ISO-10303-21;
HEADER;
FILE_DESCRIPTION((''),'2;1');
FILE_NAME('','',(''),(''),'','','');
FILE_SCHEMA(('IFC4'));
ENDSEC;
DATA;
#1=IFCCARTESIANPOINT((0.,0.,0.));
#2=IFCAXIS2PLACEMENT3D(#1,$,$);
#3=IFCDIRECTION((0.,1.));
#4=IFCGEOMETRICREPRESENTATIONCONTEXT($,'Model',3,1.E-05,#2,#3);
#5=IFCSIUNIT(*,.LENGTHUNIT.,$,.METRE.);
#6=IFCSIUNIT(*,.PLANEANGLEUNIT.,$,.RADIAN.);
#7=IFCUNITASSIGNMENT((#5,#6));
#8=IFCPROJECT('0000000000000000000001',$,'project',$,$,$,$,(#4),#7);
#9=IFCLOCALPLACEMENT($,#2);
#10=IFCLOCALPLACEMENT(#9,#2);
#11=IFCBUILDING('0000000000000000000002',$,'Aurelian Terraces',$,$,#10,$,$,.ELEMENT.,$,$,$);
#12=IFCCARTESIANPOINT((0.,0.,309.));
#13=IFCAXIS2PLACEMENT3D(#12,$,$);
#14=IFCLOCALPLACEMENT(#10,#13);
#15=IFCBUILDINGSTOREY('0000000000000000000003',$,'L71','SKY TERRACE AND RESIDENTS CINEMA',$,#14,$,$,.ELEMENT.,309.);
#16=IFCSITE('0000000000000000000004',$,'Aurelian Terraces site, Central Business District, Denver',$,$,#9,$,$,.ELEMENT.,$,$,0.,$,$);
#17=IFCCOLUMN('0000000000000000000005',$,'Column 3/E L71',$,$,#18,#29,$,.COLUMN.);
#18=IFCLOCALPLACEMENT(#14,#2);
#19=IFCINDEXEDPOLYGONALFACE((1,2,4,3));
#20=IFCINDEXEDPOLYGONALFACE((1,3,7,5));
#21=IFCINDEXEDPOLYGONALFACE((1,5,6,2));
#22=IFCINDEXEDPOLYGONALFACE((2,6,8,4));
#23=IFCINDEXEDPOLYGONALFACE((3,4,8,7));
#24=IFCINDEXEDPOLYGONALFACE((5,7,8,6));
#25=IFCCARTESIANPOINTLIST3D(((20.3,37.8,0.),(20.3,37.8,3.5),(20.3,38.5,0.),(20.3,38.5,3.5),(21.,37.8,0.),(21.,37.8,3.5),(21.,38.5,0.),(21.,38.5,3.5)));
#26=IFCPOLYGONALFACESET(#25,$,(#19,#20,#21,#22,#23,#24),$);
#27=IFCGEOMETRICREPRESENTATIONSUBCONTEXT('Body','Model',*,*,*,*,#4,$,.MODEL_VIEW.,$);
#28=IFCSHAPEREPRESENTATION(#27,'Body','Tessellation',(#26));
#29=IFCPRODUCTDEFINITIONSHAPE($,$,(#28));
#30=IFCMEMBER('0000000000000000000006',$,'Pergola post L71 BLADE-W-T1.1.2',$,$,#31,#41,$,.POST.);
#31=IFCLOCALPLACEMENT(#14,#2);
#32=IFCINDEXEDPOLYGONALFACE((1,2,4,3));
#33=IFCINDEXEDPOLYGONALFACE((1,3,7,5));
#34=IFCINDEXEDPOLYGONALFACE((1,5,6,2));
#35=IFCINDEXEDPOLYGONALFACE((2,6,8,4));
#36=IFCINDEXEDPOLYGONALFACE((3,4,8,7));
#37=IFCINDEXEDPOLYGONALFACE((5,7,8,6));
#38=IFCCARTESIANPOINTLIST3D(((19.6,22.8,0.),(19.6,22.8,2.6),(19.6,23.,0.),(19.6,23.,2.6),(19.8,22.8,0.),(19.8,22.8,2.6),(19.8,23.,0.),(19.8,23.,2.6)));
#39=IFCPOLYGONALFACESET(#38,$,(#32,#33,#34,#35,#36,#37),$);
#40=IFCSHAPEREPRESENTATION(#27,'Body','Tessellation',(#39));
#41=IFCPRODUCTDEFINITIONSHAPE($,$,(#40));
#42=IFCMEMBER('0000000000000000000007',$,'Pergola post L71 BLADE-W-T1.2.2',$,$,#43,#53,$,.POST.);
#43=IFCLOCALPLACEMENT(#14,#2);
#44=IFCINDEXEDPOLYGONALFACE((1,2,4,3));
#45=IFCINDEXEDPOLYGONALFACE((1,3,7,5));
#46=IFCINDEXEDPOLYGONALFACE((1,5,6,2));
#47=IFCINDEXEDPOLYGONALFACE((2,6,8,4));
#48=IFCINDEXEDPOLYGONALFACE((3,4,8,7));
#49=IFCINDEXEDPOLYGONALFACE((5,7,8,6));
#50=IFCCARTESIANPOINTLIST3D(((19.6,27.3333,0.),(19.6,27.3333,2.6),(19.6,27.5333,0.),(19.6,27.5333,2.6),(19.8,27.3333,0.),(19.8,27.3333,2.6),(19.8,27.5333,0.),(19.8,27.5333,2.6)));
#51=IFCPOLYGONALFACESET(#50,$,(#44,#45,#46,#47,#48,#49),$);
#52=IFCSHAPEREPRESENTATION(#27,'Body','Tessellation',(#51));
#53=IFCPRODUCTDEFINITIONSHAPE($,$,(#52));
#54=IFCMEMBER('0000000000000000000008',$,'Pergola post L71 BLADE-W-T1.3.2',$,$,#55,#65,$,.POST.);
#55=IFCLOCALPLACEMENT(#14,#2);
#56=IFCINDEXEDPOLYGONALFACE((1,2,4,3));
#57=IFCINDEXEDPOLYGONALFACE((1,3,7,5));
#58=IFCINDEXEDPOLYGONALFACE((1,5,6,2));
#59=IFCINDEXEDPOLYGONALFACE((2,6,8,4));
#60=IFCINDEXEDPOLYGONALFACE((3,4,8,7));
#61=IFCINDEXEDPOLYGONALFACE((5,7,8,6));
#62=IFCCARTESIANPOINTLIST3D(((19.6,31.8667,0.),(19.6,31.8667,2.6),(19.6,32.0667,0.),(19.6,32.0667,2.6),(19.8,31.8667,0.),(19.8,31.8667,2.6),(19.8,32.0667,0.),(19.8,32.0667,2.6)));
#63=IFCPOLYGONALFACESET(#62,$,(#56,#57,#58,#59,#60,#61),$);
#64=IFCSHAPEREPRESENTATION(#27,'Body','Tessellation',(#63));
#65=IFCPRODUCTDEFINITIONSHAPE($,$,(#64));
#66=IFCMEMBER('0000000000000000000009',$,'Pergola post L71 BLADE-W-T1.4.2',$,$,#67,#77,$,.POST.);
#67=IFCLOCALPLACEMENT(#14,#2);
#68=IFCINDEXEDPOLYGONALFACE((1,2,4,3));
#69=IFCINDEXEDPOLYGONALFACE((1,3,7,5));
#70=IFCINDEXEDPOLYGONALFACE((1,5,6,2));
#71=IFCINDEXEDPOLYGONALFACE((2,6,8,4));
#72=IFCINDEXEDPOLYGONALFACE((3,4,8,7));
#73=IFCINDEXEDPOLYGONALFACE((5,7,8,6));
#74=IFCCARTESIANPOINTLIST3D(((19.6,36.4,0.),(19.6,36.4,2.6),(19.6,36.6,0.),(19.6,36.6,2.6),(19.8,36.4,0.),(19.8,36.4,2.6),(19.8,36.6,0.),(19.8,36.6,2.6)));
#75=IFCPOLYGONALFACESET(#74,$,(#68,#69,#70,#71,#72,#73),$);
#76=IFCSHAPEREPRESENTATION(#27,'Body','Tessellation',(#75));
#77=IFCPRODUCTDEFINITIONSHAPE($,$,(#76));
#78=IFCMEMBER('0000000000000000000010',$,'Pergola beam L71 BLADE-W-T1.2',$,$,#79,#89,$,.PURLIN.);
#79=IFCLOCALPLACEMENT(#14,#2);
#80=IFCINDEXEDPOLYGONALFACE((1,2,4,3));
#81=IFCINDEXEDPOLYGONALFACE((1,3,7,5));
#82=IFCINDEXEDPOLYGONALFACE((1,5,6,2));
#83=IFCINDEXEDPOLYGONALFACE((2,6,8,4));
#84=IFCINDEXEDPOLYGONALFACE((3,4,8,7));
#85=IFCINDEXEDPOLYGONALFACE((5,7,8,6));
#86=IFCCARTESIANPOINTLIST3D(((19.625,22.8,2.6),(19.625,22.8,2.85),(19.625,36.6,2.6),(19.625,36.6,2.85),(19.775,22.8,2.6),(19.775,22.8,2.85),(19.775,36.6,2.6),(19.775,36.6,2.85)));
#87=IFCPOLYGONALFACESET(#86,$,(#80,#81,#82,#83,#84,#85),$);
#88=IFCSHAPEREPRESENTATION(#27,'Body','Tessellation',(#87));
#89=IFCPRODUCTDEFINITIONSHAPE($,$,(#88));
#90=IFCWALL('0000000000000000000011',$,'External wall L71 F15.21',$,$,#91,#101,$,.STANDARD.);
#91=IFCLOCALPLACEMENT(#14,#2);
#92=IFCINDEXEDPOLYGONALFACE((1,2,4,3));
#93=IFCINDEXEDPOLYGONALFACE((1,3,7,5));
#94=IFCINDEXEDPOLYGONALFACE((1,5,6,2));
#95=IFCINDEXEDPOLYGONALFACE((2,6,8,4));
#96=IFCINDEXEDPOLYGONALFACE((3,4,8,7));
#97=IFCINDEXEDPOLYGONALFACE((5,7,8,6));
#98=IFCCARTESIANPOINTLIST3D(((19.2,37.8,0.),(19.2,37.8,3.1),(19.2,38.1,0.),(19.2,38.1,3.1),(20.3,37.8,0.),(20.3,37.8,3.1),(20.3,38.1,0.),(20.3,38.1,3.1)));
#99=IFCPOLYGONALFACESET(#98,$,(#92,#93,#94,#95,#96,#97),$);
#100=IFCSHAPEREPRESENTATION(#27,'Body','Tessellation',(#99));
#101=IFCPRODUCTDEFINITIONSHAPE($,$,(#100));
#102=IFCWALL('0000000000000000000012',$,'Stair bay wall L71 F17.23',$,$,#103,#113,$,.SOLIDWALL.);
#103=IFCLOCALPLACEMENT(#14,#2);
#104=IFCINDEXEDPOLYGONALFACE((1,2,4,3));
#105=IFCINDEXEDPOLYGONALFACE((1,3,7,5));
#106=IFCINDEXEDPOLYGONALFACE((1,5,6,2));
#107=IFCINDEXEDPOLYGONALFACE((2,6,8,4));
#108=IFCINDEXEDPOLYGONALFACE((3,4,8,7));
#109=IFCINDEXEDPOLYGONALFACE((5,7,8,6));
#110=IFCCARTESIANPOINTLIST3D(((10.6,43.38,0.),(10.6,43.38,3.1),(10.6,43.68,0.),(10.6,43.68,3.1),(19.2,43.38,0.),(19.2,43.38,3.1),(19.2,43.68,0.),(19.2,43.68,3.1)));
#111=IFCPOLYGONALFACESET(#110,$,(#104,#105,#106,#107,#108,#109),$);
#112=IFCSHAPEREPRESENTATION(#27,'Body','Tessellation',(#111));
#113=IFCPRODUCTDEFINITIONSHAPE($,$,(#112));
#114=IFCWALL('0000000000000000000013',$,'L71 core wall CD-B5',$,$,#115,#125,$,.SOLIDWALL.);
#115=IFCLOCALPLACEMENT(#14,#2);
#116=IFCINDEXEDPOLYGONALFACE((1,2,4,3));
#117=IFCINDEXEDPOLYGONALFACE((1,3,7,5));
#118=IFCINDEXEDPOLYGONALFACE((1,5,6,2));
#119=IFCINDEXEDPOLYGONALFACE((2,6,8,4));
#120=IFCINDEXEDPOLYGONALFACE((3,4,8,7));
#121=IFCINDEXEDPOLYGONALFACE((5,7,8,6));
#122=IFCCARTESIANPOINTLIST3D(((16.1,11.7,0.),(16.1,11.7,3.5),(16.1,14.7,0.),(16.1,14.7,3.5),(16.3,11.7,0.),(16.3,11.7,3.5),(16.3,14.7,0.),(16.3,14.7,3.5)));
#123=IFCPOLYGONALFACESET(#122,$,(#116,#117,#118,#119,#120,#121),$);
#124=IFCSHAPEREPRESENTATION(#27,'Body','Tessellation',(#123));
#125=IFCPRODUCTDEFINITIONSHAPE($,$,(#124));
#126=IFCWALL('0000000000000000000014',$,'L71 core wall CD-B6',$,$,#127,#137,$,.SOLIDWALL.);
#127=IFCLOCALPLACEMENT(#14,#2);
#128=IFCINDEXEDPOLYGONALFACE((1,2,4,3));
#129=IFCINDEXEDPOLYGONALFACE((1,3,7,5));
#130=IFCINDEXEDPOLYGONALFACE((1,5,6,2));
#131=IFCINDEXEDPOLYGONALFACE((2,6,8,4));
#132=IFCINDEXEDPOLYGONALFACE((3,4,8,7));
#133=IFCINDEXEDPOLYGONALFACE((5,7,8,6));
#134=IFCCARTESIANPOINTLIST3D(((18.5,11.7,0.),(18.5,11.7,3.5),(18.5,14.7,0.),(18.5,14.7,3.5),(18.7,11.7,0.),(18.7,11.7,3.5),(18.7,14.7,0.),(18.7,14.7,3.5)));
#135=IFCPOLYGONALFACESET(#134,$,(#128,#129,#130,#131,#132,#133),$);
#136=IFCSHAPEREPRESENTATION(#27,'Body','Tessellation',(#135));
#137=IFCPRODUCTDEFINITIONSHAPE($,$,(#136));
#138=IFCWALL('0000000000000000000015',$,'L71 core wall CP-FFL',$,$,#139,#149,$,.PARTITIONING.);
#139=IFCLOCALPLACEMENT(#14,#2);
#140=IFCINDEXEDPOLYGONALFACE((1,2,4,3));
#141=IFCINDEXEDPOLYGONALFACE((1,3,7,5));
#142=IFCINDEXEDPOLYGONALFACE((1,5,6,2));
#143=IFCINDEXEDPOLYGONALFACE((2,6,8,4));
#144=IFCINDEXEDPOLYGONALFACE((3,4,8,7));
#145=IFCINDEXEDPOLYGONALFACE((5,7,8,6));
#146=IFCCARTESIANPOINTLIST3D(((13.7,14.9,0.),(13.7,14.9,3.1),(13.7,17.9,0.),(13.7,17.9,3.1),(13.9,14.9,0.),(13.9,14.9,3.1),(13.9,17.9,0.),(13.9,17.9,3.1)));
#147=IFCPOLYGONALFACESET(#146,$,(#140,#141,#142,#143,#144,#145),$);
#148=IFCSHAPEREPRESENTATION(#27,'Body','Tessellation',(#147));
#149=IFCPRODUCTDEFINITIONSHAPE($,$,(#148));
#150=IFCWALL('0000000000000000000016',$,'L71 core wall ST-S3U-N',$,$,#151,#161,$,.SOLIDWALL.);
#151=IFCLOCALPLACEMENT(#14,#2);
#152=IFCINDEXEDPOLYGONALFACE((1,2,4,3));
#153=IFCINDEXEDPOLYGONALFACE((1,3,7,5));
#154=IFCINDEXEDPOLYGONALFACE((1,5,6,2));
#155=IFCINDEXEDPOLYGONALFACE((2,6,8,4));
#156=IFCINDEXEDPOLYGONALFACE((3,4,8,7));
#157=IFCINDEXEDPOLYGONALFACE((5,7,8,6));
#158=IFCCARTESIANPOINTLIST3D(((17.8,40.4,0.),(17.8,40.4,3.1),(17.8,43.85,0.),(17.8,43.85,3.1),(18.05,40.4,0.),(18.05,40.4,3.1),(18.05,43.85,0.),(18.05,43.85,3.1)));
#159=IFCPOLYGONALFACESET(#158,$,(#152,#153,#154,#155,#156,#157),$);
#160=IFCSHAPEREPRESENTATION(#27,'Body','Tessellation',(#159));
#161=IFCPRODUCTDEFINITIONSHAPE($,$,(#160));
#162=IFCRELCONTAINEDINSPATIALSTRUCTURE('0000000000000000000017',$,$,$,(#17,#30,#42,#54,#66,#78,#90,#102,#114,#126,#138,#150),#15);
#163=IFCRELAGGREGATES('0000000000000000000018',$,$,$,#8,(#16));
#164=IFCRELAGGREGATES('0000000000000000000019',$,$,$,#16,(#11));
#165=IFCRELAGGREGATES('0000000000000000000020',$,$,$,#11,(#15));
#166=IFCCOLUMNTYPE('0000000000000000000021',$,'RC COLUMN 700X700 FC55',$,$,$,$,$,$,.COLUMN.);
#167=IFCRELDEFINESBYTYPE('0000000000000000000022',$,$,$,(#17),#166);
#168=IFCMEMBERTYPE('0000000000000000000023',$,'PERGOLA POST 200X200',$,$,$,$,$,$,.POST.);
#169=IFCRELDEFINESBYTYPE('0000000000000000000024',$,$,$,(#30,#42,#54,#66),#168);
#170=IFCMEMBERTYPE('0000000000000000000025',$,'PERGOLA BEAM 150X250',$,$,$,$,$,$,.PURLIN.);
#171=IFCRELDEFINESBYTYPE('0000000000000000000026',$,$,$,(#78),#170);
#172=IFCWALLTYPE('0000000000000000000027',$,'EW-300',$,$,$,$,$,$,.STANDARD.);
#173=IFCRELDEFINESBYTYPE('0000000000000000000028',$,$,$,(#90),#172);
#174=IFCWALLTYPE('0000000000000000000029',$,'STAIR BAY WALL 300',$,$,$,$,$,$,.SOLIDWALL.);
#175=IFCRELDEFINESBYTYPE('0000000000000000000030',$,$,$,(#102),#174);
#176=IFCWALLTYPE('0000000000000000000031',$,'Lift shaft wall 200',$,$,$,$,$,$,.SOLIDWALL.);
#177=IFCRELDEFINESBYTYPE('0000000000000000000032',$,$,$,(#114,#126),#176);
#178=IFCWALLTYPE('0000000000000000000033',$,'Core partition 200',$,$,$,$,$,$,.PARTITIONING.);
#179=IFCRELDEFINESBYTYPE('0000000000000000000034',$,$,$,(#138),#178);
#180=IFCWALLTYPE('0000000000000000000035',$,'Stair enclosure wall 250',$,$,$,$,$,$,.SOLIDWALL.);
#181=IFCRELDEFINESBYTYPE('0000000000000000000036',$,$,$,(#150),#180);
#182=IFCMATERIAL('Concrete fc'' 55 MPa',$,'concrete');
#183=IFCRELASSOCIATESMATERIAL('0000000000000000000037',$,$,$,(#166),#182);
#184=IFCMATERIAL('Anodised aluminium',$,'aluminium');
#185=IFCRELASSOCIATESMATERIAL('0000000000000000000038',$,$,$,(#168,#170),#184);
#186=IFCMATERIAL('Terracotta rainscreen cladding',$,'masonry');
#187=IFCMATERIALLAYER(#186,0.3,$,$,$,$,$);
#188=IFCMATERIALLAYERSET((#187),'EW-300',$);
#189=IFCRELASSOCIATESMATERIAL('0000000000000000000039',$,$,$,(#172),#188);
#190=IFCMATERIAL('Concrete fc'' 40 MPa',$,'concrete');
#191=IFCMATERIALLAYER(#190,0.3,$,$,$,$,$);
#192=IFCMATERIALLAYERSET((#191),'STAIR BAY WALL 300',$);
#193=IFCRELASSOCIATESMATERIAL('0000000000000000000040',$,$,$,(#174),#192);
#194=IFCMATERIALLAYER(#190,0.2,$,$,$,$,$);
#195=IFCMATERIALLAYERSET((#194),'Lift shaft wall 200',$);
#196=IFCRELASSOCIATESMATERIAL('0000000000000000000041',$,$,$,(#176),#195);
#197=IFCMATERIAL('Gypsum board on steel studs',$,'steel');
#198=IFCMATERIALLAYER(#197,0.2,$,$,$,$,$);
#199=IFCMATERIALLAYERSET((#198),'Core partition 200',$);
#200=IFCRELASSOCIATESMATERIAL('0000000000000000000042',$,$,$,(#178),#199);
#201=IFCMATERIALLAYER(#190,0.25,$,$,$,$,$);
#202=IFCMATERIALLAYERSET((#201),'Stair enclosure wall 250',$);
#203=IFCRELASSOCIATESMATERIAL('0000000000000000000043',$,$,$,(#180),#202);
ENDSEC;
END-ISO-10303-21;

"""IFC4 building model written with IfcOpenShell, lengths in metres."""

from ifc_helpers import new_model, si_unit, direction, frame, frame_2d, origin, origin_2d, place, context, subcontext, project, spatial, rectangle, extrude, source, transform, mapped, material, layer, layer_set, material_profile, profile_set, type_object, element, save


model = new_model("IFC4")

# Units and contexts
model_context = context("Model", 3, precision=1e-05, world=origin(), true_north=direction((0.0, 1.0)))
body_context = subcontext(model_context, "Body", "Model", "MODEL_VIEW")
ifc_project = project(units=[si_unit("LENGTHUNIT", "METRE"), si_unit("PLANEANGLEUNIT", "RADIAN")], contexts=[model_context])

# Site, building, storey
site_placement = place(None, origin())
site = spatial("IfcSite", under=ifc_project, at=site_placement, Name="Aurelian Terraces site, Central Business District, Denver", CompositionType="ELEMENT", RefElevation=0.0)
building_placement = place(site_placement, origin())
building = spatial("IfcBuilding", under=site, at=building_placement, Name="Aurelian Terraces", CompositionType="ELEMENT")
storey_placement = place(building_placement, frame((0.0, 0.0, 309.0)))
storey = spatial("IfcBuildingStorey", under=building, at=storey_placement, Name="L71", Description="SKY TERRACE AND RESIDENTS CINEMA", CompositionType="ELEMENT", Elevation=309.0)

# Column
ifc_material_1 = material(Name="Concrete fc' 55 MPa", Category="concrete")
ifc_material_profile_1 = material_profile(ifc_material_1, rectangle(XDim=0.7, YDim=0.7, at=origin_2d()))
ifc_profile_set_1 = profile_set([ifc_material_profile_1], Name="Concrete fc' 55 MPa")
column_type = type_object("IfcColumnType", Name="RC COLUMN 700X700 FC55", PredefinedType="COLUMN", material=ifc_profile_set_1)
shared_shape_1 = source(origin(), body_context, "Body", "SweptSolid", [
    extrude(rectangle(XDim=0.7, YDim=0.7, at=origin_2d()), origin(), (0.0, 0.0, 1.0), 3.5),
])
column_placement = place(storey_placement, frame((20.65, 38.15, 0.0), z_axis=(0.0, 0.0, 1.0), x_axis=(1.0, 0.0, 0.0)))
element("IfcColumn", 1, at=column_placement, inside=storey, type_object=column_type, Name="Column 3/E L71", PredefinedType="COLUMN", context=body_context, shape_type="MappedRepresentation", body=[
    mapped(shared_shape_1, transform((0.0, 0.0, 0.0), scale=1.0)),
])

# Members
ifc_material_2 = material(Name="Anodised aluminium", Category="aluminium")
ifc_material_profile_2 = material_profile(ifc_material_2, rectangle(XDim=0.2, YDim=0.2, at=origin_2d()))
ifc_profile_set_2 = profile_set([ifc_material_profile_2], Name="Anodised aluminium")
member_type_1 = type_object("IfcMemberType", Name="PERGOLA POST 200X200", PredefinedType="POST", material=ifc_profile_set_2)
shared_shape_2 = source(origin(), body_context, "Body", "SweptSolid", [
    extrude(rectangle(XDim=0.2, YDim=0.2, at=origin_2d()), origin(), (0.0, 0.0, 1.0), 2.6),
])
for number, where, z_axis, x_axis, name in (
    (2, (19.7, 22.9, 0.0), (0.0, 0.0, 1.0), (1.0, 0.0, 0.0), "Pergola post L71 BLADE-W-T1.1.2"),
    (3, (19.7, 27.4333, 0.0), (0.0, 0.0, 1.0), (1.0, 0.0, 0.0), "Pergola post L71 BLADE-W-T1.2.2"),
    (4, (19.7, 31.9667, 0.0), (0.0, 0.0, 1.0), (1.0, 0.0, 0.0), "Pergola post L71 BLADE-W-T1.3.2"),
    (5, (19.7, 36.5, 0.0), (0.0, 0.0, 1.0), (1.0, 0.0, 0.0), "Pergola post L71 BLADE-W-T1.4.2"),
):
    element("IfcMember", number, at=place(storey_placement, frame(where, z_axis=z_axis, x_axis=x_axis)), inside=storey, type_object=member_type_1, Name=name, PredefinedType="POST", context=body_context, shape_type="MappedRepresentation", body=[
        mapped(shared_shape_2, transform((0.0, 0.0, 0.0), scale=1.0)),
    ])
ifc_material_profile_3 = material_profile(ifc_material_2, rectangle(XDim=0.15, YDim=0.25, at=origin_2d()))
ifc_profile_set_3 = profile_set([ifc_material_profile_3], Name="Anodised aluminium")
member_type_2 = type_object("IfcMemberType", Name="PERGOLA BEAM 150X250", PredefinedType="PURLIN", material=ifc_profile_set_3)
shared_shape_3 = source(origin(), body_context, "Body", "SweptSolid", [
    extrude(rectangle(XDim=0.15, YDim=0.25, at=origin_2d()), origin(), (0.0, 0.0, 1.0), 13.8),
])
member_placement = place(storey_placement, frame((19.7, 22.8, 2.725), z_axis=(0.0, 1.0, 0.0), x_axis=(-1.0, 0.0, 0.0)))
element("IfcMember", 6, at=member_placement, inside=storey, type_object=member_type_2, Name="Pergola beam L71 BLADE-W-T1.2", PredefinedType="PURLIN", context=body_context, shape_type="MappedRepresentation", body=[
    mapped(shared_shape_3, transform((0.0, 0.0, 0.0), scale=1.0)),
])

# Walls
ifc_material_3 = material(Name="Terracotta rainscreen cladding", Category="masonry")
ifc_layer_1 = layer(ifc_material_3, 0.3)
ifc_layer_set_1 = layer_set([ifc_layer_1], Name="EW-300")
wall_type_1 = type_object("IfcWallType", Name="EW-300", PredefinedType="STANDARD", material=ifc_layer_set_1)
wall_1_placement = place(storey_placement, frame((19.2, 37.95, 0.0), z_axis=(0.0, 0.0, 1.0), x_axis=(1.0, 0.0, 0.0)))
element("IfcWall", 7, at=wall_1_placement, inside=storey, type_object=wall_type_1, Name="External wall L71 F15.21", PredefinedType="STANDARD", context=body_context, shape_type="SweptSolid", body=[
    extrude(rectangle(XDim=1.1, YDim=0.3, at=frame_2d((0.55, 0.0))), origin(), (0.0, 0.0, 1.0), 3.1),
])
ifc_material_4 = material(Name="Concrete fc' 40 MPa", Category="concrete")
ifc_layer_2 = layer(ifc_material_4, 0.3)
ifc_layer_set_2 = layer_set([ifc_layer_2], Name="STAIR BAY WALL 300")
wall_type_2 = type_object("IfcWallType", Name="STAIR BAY WALL 300", PredefinedType="SOLIDWALL", material=ifc_layer_set_2)
shared_shape_4 = source(origin(), body_context, "Body", "SweptSolid", [
    extrude(rectangle(XDim=8.6, YDim=0.3, at=frame_2d((4.3, 0.0))), origin(), (0.0, 0.0, 1.0), 3.1),
])
wall_2_placement = place(storey_placement, frame((19.2, 43.53, 0.0), z_axis=(0.0, 0.0, 1.0), x_axis=(-1.0, 0.0, 0.0)))
element("IfcWall", 8, at=wall_2_placement, inside=storey, type_object=wall_type_2, Name="Stair bay wall L71 F17.23", PredefinedType="SOLIDWALL", context=body_context, shape_type="MappedRepresentation", body=[
    mapped(shared_shape_4, transform((0.0, 0.0, 0.0), scale=1.0)),
])
ifc_layer_3 = layer(ifc_material_4, 0.2)
ifc_layer_set_3 = layer_set([ifc_layer_3], Name="Lift shaft wall 200")
wall_type_3 = type_object("IfcWallType", Name="Lift shaft wall 200", PredefinedType="SOLIDWALL", material=ifc_layer_set_3)
shared_shape_5 = source(origin(), body_context, "Body", "SweptSolid", [
    extrude(rectangle(XDim=3.0, YDim=0.2, at=frame_2d((1.5, 0.0))), origin(), (0.0, 0.0, 1.0), 3.5),
])
for number, where, z_axis, x_axis, name in (
    (9, (16.2, 11.7, 0.0), (0.0, 0.0, 1.0), (0.0, 1.0, 0.0), "L71 core wall CD-B5"),
    (10, (18.6, 11.7, 0.0), (0.0, 0.0, 1.0), (0.0, 1.0, 0.0), "L71 core wall CD-B6"),
):
    element("IfcWall", number, at=place(storey_placement, frame(where, z_axis=z_axis, x_axis=x_axis)), inside=storey, type_object=wall_type_3, Name=name, PredefinedType="SOLIDWALL", context=body_context, shape_type="MappedRepresentation", body=[
        mapped(shared_shape_5, transform((0.0, 0.0, 0.0), scale=1.0)),
    ])
ifc_material_5 = material(Name="Gypsum board on steel studs", Category="steel")
ifc_layer_4 = layer(ifc_material_5, 0.2)
ifc_layer_set_4 = layer_set([ifc_layer_4], Name="Core partition 200")
wall_type_4 = type_object("IfcWallType", Name="Core partition 200", PredefinedType="PARTITIONING", material=ifc_layer_set_4)
shared_shape_6 = source(origin(), body_context, "Body", "SweptSolid", [
    extrude(rectangle(XDim=3.0, YDim=0.2, at=frame_2d((1.5, 0.0))), origin(), (0.0, 0.0, 1.0), 3.1),
])
wall_3_placement = place(storey_placement, frame((13.8, 14.9, 0.0), z_axis=(0.0, 0.0, 1.0), x_axis=(0.0, 1.0, 0.0)))
element("IfcWall", 11, at=wall_3_placement, inside=storey, type_object=wall_type_4, Name="L71 core wall CP-FFL", PredefinedType="PARTITIONING", context=body_context, shape_type="MappedRepresentation", body=[
    mapped(shared_shape_6, transform((0.0, 0.0, 0.0), scale=1.0)),
])
ifc_layer_5 = layer(ifc_material_4, 0.25)
ifc_layer_set_5 = layer_set([ifc_layer_5], Name="Stair enclosure wall 250")
wall_type_5 = type_object("IfcWallType", Name="Stair enclosure wall 250", PredefinedType="SOLIDWALL", material=ifc_layer_set_5)
shared_shape_7 = source(origin(), body_context, "Body", "SweptSolid", [
    extrude(rectangle(XDim=3.45, YDim=0.25, at=frame_2d((1.725, 0.0))), origin(), (0.0, 0.0, 1.0), 3.1),
])
wall_4_placement = place(storey_placement, frame((17.925, 40.4, 0.0), z_axis=(0.0, 0.0, 1.0), x_axis=(0.0, 1.0, 0.0)))
element("IfcWall", 12, at=wall_4_placement, inside=storey, type_object=wall_type_5, Name="L71 core wall ST-S3U-N", PredefinedType="SOLIDWALL", context=body_context, shape_type="MappedRepresentation", body=[
    mapped(shared_shape_7, transform((0.0, 0.0, 0.0), scale=1.0)),
])

save(model, "model.ifc")
